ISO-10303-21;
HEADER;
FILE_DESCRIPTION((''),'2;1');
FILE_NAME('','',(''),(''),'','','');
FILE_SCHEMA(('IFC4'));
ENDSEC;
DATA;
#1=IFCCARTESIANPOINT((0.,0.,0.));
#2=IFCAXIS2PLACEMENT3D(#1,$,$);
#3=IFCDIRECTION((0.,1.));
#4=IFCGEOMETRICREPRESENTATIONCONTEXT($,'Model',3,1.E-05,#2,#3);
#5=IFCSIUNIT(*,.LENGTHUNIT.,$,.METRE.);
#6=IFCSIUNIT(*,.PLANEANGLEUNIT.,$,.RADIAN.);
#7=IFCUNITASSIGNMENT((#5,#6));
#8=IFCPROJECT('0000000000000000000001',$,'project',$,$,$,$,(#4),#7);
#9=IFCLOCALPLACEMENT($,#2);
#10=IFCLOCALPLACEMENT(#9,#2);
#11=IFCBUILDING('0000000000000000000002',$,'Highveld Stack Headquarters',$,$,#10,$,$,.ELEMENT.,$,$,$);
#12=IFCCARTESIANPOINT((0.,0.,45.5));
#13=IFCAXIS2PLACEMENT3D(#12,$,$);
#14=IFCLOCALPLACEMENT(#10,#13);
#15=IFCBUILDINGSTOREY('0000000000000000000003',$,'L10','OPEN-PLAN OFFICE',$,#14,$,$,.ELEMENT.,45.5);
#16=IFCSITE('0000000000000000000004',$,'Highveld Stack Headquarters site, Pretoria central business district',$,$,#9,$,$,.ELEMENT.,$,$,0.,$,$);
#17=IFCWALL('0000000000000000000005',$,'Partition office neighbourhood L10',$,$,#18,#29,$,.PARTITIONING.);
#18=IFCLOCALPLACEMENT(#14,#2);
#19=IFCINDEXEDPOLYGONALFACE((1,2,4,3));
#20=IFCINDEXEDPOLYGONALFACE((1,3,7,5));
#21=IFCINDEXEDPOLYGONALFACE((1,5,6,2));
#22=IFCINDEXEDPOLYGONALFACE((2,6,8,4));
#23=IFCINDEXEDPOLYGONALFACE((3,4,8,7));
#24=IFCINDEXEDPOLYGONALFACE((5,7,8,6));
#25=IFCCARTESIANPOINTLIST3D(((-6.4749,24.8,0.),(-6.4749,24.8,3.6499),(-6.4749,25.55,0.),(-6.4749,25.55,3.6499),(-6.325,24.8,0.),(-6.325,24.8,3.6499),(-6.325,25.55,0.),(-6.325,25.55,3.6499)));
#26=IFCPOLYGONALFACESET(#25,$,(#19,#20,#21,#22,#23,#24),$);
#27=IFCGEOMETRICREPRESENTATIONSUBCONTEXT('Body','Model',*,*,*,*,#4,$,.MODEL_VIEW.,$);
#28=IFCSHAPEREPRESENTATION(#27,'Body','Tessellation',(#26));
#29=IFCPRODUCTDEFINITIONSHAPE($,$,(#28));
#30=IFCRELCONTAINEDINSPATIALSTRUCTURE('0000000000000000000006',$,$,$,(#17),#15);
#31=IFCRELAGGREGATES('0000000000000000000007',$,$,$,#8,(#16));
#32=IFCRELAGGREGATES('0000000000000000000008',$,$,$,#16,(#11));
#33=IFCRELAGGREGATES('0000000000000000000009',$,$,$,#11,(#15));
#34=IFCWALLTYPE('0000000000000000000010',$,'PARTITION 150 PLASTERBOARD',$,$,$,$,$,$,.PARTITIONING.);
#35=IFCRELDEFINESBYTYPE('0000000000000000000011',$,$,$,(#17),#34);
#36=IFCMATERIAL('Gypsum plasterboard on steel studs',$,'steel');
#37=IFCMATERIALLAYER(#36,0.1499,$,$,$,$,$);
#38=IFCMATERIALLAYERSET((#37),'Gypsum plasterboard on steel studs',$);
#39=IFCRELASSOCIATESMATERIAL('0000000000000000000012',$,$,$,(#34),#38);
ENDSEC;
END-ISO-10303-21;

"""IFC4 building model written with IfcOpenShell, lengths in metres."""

from ifc_helpers import new_model, si_unit, direction, frame, frame_2d, origin, place, context, subcontext, project, spatial, rectangle, extrude, material, layer, layer_set, type_object, element, save


model = new_model("IFC4")

# Units and contexts
model_context = context("Model", 3, precision=1e-05, world=origin(), true_north=direction((0.0, 1.0)))
body_context = subcontext(model_context, "Body", "Model", "MODEL_VIEW")
ifc_project = project(units=[si_unit("LENGTHUNIT", "METRE"), si_unit("PLANEANGLEUNIT", "RADIAN")], contexts=[model_context])

# Site, building, storey
site_placement = place(None, origin())
site = spatial("IfcSite", under=ifc_project, at=site_placement, Name="Highveld Stack Headquarters site, Pretoria central business district", CompositionType="ELEMENT", RefElevation=0.0)
building_placement = place(site_placement, origin())
building = spatial("IfcBuilding", under=site, at=building_placement, Name="Highveld Stack Headquarters", CompositionType="ELEMENT")
storey_placement = place(building_placement, frame((0.0, 0.0, 45.5)))
storey = spatial("IfcBuildingStorey", under=building, at=storey_placement, Name="L10", Description="OPEN-PLAN OFFICE", CompositionType="ELEMENT", Elevation=45.5)

# Shared definitions
ifc_material_1 = material(Name="Gypsum plasterboard on steel studs", Category="steel")
ifc_layer_1 = layer(ifc_material_1, 0.1499)
ifc_layer_set_1 = layer_set([ifc_layer_1], Name="Gypsum plasterboard on steel studs")
wall_type = type_object("IfcWallType", Name="PARTITION 150 PLASTERBOARD", PredefinedType="PARTITIONING", material=ifc_layer_set_1)

# Wall
wall_1_placement = place(storey_placement, frame((-6.3999, 24.8, 0.0), z_axis=(0.0, 0.0, 1.0), x_axis=(0.0, 1.0, 0.0)))
element("IfcWall", 1, at=wall_1_placement, inside=storey, type_object=wall_type, Name="Partition office neighbourhood L10", PredefinedType="PARTITIONING", context=body_context, shape_type="SweptSolid", body=[
    extrude(rectangle(XDim=0.75, YDim=0.1499, at=frame_2d((0.375, 0.0))), origin(), (0.0, 0.0, 1.0), 3.6499),
])

save(model, "model.ifc")
